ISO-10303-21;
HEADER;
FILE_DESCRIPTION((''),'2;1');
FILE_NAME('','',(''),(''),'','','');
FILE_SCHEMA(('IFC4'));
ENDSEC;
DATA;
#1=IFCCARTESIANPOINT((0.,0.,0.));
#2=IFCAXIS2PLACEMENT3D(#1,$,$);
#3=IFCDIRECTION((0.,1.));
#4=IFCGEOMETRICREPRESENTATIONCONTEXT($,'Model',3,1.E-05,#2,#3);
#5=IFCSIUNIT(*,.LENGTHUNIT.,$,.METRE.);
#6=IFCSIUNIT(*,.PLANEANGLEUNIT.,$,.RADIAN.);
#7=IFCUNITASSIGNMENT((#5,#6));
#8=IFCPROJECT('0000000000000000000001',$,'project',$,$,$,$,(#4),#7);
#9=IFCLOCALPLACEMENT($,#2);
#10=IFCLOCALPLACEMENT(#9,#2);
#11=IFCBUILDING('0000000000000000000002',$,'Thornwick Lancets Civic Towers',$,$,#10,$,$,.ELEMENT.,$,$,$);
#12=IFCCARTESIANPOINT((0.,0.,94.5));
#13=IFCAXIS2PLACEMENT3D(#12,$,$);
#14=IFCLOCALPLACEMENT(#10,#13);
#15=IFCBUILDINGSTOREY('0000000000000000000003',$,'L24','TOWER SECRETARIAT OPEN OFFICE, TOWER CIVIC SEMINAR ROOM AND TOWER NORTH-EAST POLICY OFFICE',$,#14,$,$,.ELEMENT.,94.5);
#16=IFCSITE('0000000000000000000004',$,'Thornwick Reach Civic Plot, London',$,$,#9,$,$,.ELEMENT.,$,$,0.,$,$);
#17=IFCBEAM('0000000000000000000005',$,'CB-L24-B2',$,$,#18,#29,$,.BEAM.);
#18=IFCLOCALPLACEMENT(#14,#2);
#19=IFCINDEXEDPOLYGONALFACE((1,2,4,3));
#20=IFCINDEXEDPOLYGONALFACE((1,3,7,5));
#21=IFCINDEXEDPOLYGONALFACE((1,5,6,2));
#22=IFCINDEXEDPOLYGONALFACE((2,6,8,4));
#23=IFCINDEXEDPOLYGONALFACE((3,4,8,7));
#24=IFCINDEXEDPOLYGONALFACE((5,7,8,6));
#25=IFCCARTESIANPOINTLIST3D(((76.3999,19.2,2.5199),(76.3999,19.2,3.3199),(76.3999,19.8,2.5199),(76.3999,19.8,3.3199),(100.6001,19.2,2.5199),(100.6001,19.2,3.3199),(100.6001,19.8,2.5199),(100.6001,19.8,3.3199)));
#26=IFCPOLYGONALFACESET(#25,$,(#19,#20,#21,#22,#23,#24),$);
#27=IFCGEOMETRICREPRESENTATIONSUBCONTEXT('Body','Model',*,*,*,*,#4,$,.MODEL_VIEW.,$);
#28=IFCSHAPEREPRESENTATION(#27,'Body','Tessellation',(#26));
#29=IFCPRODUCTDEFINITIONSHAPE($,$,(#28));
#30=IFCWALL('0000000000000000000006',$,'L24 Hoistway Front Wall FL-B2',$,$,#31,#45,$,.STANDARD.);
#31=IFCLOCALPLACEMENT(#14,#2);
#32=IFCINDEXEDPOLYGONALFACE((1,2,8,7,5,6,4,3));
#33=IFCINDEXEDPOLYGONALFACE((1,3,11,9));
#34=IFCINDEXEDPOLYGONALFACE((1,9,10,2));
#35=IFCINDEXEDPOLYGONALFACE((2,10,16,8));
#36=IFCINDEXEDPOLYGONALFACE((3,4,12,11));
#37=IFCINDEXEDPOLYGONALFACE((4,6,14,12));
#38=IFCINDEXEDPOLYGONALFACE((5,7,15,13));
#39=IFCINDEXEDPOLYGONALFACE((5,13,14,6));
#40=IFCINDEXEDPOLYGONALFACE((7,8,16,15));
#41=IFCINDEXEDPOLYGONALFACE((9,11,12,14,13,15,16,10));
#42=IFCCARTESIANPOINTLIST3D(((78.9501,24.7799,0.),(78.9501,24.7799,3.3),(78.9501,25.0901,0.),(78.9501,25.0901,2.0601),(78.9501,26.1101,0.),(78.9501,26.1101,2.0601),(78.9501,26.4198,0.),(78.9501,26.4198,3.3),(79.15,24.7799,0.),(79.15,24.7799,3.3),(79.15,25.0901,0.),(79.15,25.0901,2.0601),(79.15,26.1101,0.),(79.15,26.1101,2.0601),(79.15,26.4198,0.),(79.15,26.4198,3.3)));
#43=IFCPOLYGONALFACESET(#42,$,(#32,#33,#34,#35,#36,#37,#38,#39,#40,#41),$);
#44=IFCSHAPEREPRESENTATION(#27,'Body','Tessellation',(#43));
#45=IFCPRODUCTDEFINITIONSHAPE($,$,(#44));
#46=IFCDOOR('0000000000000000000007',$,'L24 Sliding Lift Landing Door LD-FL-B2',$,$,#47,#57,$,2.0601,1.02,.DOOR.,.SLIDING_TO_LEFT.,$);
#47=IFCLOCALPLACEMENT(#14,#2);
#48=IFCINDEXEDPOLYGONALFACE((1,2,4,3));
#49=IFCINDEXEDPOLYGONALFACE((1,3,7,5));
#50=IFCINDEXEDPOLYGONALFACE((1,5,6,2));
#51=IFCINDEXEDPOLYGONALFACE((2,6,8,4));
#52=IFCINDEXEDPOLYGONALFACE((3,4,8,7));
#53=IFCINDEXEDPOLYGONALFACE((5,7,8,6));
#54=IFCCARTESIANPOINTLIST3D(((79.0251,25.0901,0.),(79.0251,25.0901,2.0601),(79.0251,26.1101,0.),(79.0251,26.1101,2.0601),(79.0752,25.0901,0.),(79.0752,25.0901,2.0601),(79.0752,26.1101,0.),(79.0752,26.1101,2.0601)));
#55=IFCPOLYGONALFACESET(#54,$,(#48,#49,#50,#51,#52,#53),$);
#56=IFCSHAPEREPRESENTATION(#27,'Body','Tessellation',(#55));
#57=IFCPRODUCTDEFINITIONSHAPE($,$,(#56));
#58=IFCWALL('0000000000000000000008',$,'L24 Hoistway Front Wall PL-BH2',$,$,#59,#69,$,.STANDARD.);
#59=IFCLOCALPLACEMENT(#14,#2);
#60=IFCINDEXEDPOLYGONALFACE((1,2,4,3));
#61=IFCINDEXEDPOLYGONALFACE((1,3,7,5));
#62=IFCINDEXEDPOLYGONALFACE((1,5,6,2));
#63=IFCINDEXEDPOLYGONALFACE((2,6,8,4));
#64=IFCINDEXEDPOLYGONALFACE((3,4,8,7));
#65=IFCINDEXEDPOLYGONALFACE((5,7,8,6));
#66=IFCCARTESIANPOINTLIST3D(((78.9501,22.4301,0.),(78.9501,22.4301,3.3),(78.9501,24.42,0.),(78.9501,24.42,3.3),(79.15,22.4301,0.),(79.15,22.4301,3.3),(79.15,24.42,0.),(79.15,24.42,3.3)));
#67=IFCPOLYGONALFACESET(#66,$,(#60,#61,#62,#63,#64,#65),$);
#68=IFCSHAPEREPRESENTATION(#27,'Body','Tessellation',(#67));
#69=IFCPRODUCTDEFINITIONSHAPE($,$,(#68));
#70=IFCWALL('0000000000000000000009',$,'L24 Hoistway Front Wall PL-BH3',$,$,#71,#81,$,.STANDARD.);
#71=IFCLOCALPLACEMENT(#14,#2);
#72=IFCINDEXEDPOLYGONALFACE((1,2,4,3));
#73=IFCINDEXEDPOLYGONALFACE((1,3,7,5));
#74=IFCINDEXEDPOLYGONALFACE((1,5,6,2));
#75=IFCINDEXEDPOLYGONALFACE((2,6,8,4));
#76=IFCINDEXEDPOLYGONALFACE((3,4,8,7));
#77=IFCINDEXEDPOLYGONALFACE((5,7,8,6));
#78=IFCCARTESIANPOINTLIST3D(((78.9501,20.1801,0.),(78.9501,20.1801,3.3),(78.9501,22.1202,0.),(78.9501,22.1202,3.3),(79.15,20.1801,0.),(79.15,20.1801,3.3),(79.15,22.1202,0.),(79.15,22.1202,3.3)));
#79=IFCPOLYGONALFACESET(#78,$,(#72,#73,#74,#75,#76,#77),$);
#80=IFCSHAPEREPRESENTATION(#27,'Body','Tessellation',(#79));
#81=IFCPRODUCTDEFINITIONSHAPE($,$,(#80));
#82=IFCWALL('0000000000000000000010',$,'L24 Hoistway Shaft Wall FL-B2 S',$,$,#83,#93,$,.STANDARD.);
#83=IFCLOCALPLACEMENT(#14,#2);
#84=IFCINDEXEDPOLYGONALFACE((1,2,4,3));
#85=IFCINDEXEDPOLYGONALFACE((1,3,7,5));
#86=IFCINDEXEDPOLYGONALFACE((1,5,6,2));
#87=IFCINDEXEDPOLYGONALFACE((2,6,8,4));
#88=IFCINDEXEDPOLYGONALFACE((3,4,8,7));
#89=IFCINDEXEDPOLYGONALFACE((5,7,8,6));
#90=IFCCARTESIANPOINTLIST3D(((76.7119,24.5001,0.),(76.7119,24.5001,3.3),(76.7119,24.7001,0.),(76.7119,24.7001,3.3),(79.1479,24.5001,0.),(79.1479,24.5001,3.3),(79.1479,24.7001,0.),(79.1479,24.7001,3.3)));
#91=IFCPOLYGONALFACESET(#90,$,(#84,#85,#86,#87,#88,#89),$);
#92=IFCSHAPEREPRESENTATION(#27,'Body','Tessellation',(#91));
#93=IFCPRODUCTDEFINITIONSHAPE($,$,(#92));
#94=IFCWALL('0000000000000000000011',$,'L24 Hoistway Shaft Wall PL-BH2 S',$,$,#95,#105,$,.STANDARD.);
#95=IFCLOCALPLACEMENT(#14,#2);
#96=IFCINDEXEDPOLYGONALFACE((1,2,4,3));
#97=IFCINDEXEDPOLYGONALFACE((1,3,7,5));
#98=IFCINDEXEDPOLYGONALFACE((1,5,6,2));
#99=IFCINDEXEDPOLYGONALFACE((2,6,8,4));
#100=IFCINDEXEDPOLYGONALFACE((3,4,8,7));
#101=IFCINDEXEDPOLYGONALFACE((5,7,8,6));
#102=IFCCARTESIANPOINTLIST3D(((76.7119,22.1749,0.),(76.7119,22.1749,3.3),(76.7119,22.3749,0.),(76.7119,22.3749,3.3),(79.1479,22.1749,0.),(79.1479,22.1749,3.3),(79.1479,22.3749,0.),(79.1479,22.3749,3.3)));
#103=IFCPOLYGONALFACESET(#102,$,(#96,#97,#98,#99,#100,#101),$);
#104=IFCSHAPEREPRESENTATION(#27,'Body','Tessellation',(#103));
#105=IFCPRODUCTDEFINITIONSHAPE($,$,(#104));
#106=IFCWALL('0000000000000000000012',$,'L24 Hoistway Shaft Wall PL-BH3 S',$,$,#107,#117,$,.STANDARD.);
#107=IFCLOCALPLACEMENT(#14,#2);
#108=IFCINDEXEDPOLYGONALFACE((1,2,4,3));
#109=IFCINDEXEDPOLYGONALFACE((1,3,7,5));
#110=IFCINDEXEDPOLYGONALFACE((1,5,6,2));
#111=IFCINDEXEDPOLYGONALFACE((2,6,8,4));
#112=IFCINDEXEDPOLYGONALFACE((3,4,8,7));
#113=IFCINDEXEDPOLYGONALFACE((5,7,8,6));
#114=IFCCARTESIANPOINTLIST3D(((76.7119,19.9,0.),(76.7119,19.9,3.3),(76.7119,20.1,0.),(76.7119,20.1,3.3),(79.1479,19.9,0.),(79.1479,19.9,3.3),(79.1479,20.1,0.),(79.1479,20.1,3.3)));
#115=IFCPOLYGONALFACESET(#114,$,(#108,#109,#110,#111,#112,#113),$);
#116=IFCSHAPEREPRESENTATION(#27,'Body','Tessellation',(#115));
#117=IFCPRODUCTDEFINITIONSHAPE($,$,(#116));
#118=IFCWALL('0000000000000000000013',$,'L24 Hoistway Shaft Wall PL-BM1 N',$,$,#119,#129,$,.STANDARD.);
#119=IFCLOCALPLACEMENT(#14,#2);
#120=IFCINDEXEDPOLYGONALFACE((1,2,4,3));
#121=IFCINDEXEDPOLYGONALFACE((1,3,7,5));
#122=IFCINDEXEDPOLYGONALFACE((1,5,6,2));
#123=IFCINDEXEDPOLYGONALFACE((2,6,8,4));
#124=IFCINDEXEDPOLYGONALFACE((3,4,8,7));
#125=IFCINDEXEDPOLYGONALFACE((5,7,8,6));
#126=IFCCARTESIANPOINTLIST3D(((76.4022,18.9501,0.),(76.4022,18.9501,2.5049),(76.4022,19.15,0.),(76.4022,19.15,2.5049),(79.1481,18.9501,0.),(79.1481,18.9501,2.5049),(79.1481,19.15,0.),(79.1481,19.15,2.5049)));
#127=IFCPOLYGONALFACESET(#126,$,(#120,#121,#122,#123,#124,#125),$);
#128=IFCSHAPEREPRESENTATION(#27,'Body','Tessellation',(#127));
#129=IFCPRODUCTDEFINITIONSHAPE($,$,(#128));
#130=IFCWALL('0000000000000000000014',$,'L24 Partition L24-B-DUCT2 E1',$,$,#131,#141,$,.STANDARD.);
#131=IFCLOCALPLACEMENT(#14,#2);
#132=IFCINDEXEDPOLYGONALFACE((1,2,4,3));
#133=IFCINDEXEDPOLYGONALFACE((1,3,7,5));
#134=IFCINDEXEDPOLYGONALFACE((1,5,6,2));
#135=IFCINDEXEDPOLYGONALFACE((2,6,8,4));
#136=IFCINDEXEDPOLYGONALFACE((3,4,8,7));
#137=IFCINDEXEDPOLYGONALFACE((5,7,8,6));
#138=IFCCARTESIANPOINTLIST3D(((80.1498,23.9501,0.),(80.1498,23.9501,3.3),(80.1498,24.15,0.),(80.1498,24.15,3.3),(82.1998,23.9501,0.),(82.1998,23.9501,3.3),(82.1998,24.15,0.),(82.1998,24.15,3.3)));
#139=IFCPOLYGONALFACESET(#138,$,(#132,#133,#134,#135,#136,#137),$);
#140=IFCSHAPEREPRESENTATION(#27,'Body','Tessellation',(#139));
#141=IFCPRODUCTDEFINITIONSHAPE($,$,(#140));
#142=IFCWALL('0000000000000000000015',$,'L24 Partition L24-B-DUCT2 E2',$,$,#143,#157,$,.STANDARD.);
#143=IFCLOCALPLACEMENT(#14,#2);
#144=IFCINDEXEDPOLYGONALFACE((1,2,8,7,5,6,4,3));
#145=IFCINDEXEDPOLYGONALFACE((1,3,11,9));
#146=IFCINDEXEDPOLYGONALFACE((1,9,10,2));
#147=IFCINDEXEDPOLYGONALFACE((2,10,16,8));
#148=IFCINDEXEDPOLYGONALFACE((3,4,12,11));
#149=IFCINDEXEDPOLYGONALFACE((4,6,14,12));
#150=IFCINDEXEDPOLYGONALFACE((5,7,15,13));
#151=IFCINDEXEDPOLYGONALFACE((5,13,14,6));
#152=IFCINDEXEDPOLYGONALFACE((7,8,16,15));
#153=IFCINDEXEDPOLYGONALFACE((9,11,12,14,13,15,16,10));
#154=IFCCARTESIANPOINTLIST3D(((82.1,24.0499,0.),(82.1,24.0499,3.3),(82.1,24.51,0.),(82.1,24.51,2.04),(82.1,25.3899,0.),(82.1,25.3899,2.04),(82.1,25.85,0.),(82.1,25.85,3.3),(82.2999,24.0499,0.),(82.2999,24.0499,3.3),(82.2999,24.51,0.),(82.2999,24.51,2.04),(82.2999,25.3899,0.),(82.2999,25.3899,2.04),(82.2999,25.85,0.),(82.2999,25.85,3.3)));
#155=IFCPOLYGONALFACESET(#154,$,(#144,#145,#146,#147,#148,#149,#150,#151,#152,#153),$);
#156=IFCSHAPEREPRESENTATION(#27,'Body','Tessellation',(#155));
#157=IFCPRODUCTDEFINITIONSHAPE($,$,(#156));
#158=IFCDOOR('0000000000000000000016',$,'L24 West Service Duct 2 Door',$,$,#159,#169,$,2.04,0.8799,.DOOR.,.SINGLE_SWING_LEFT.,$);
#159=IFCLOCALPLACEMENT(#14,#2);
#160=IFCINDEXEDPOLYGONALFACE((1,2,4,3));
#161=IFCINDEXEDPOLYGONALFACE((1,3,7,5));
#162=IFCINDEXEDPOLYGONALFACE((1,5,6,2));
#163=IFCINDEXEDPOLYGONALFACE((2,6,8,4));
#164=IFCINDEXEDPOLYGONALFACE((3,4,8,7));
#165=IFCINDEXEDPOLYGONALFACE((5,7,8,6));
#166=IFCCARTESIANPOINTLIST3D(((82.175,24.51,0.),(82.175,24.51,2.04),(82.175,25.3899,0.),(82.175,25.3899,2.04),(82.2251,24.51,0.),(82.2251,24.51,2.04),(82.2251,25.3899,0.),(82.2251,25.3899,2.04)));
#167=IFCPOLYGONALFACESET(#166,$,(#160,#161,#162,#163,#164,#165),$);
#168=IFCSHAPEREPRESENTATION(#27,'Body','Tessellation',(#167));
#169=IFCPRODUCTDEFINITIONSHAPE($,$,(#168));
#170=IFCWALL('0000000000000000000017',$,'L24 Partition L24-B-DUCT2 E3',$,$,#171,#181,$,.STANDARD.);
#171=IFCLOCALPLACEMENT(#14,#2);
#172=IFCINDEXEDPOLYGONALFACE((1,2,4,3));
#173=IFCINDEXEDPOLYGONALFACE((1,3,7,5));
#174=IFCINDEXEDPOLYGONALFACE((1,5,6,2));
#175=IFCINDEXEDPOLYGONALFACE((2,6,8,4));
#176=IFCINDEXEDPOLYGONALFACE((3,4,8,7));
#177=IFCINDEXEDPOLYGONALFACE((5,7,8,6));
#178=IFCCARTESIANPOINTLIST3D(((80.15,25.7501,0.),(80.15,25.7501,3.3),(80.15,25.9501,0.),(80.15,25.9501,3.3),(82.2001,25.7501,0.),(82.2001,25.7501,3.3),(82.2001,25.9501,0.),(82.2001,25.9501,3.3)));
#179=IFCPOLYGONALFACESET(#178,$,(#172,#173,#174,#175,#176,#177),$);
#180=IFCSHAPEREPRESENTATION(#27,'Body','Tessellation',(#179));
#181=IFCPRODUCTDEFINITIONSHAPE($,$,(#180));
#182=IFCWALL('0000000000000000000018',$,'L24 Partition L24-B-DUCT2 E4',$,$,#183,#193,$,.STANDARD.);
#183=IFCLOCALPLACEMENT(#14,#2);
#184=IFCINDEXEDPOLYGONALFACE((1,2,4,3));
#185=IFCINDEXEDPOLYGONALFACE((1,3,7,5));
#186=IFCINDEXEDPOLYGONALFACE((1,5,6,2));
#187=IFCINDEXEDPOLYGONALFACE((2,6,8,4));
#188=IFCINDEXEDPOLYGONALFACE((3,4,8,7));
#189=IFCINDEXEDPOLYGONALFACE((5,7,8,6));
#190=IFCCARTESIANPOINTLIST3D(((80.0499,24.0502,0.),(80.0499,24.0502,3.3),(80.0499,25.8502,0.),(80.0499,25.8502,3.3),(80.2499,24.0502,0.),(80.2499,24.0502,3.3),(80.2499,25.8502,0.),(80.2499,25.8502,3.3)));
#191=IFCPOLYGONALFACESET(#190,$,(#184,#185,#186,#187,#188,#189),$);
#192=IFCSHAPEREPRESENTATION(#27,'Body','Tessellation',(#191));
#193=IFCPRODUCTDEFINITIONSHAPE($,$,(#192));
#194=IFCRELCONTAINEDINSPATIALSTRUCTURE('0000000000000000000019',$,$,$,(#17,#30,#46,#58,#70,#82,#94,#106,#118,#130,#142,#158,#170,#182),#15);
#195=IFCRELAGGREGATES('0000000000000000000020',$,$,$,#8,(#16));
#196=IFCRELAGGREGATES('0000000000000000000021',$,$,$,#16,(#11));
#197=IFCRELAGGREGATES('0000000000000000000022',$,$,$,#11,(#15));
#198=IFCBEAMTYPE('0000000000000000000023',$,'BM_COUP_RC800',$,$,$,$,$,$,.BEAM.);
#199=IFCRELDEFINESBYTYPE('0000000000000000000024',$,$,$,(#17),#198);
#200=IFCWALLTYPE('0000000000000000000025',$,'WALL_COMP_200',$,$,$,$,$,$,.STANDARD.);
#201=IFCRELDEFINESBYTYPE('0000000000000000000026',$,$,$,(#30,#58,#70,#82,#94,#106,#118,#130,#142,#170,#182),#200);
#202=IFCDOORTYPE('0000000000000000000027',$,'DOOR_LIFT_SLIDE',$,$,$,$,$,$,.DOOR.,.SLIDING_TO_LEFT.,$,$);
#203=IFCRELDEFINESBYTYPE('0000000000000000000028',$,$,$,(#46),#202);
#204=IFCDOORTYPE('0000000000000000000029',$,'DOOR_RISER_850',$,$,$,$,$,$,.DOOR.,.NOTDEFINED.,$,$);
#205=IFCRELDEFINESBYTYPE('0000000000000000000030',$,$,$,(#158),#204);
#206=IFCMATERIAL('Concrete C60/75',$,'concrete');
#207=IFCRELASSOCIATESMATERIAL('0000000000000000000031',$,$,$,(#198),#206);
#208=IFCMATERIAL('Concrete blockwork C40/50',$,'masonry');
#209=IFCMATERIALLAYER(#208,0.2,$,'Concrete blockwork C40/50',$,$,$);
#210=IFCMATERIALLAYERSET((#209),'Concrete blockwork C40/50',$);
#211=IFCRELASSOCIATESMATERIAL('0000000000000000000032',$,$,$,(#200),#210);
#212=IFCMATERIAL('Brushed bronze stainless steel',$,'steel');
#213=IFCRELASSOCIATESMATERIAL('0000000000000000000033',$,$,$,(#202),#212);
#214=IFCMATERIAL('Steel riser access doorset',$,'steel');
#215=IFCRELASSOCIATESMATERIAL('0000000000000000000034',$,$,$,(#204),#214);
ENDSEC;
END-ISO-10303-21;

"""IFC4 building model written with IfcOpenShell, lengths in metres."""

from ifc_helpers import new_model, si_unit, direction, frame, frame_2d, origin, origin_2d, place, context, subcontext, project, spatial, rectangle, extrude, material, layer, layer_set, material_profile, profile_set, type_object, element, fill, save


model = new_model("IFC4")

# Units and contexts
model_context = context("Model", 3, precision=1e-05, world=origin(), true_north=direction((0.0, 1.0)))
body_context = subcontext(model_context, "Body", "Model", "MODEL_VIEW")
ifc_project = project(units=[si_unit("LENGTHUNIT", "METRE"), si_unit("PLANEANGLEUNIT", "RADIAN")], contexts=[model_context])

# Site, building, storey
site_placement = place(None, origin())
site = spatial("IfcSite", under=ifc_project, at=site_placement, Name="Thornwick Reach Civic Plot, London", CompositionType="ELEMENT", RefElevation=0.0)
building_placement = place(site_placement, origin())
building = spatial("IfcBuilding", under=site, at=building_placement, Name="Thornwick Lancets Civic Towers", CompositionType="ELEMENT")
storey_placement = place(building_placement, frame((0.0, 0.0, 94.5)))
storey = spatial("IfcBuildingStorey", under=building, at=storey_placement, Name="L24", Description="TOWER SECRETARIAT OPEN OFFICE, TOWER CIVIC SEMINAR ROOM AND TOWER NORTH-EAST POLICY OFFICE", CompositionType="ELEMENT", Elevation=94.5)

# Beam
ifc_material_1 = material(Name="Concrete C60/75", Category="concrete")
ifc_material_profile = material_profile(ifc_material_1, rectangle(XDim=0.6001, YDim=0.8, at=origin_2d()), Name="RC 600x800")
ifc_profile_set = profile_set([ifc_material_profile], Name="Concrete C60/75")
beam_type = type_object("IfcBeamType", Name="BM_COUP_RC800", PredefinedType="BEAM", material=ifc_profile_set)
beam_placement = place(storey_placement, frame((76.3999, 19.5, 2.9199), z_axis=(1.0, 0.0, 0.0), x_axis=(0.0, 1.0, 0.0)))
element("IfcBeam", 1, at=beam_placement, inside=storey, type_object=beam_type, Name="CB-L24-B2", PredefinedType="BEAM", context=body_context, shape_type="SweptSolid", body=[
    extrude(rectangle(XDim=0.6001, YDim=0.8, at=origin_2d()), origin(), (0.0, 0.0, 1.0), 24.2002),
])

# Wall, opening, door
ifc_material_2 = material(Name="Concrete blockwork C40/50", Category="masonry")
ifc_layer_1 = layer(ifc_material_2, 0.2, Name="Concrete blockwork C40/50")
ifc_layer_set_1 = layer_set([ifc_layer_1], Name="Concrete blockwork C40/50")
wall_type_1 = type_object("IfcWallType", Name="WALL_COMP_200", PredefinedType="STANDARD", material=ifc_layer_set_1)
wall_1_placement = place(storey_placement, frame((79.05, 24.78, 0.0), z_axis=(0.0, 0.0, 1.0), x_axis=(0.0, 1.0, 0.0)))
wall_1 = element("IfcWall", 2, at=wall_1_placement, inside=storey, type_object=wall_type_1, Name="L24 Hoistway Front Wall FL-B2", PredefinedType="STANDARD", context=body_context, shape_type="SweptSolid", body=[
    extrude(rectangle(XDim=1.6399, YDim=0.2, at=frame_2d((0.8198, 0.0))), origin(), (0.0, 0.0, 1.0), 3.3),
])
opening_1_placement = place(wall_1_placement, frame((0.3101, 0.0, 0.0)))
opening_1 = element("IfcOpeningElement", 3, at=opening_1_placement, cuts=wall_1, PredefinedType="OPENING", context=body_context, shape_type="SweptSolid", body=[
    extrude(rectangle(XDim=1.02, YDim=2.0601, at=frame_2d((0.51, 1.03))), frame((0.0, 0.1099, 0.0), z_axis=(0.0, -1.0, 0.0), x_axis=(1.0, 0.0, 0.0)), (0.0, 0.0, 1.0), 0.22),
])
ifc_material_3 = material(Name="Brushed bronze stainless steel", Category="steel")
door_type_1 = type_object("IfcDoorType", Name="DOOR_LIFT_SLIDE", OperationType="SLIDING_TO_LEFT", PredefinedType="DOOR", material=ifc_material_3)
door_1_placement = place(opening_1_placement, origin())
door_1 = element("IfcDoor", 4, at=door_1_placement, inside=storey, type_object=door_type_1, Name="L24 Sliding Lift Landing Door LD-FL-B2", OperationType="SLIDING_TO_LEFT", OverallHeight=2.0601, OverallWidth=1.02, PredefinedType="DOOR", context=body_context, shape_type="SweptSolid", body=[
    extrude(rectangle(XDim=1.02, YDim=2.0601, at=frame_2d((0.51, 1.03))), frame((0.0, 0.0249, 0.0), z_axis=(0.0, -1.0, 0.0), x_axis=(1.0, 0.0, 0.0)), (0.0, 0.0, 1.0), 0.05),
])
fill(opening_1, door_1)

# Walls
wall_2_placement = place(storey_placement, frame((79.05, 22.4299, 0.0), z_axis=(0.0, 0.0, 1.0), x_axis=(0.0, 1.0, 0.0)))
element("IfcWall", 5, at=wall_2_placement, inside=storey, type_object=wall_type_1, Name="L24 Hoistway Front Wall PL-BH2", PredefinedType="STANDARD", context=body_context, shape_type="SweptSolid", body=[
    extrude(rectangle(XDim=1.99, YDim=0.2, at=frame_2d((0.9951, 0.0))), origin(), (0.0, 0.0, 1.0), 3.3),
])
wall_3_placement = place(storey_placement, frame((79.05, 20.1799, 0.0), z_axis=(0.0, 0.0, 1.0), x_axis=(0.0, 1.0, 0.0)))
element("IfcWall", 6, at=wall_3_placement, inside=storey, type_object=wall_type_1, Name="L24 Hoistway Front Wall PL-BH3", PredefinedType="STANDARD", context=body_context, shape_type="SweptSolid", body=[
    extrude(rectangle(XDim=1.9402, YDim=0.2, at=frame_2d((0.9702, 0.0))), origin(), (0.0, 0.0, 1.0), 3.3),
])
for number, where, z_axis, x_axis, name in (
    (7, (76.7119, 24.6001, 0.0), (0.0, 0.0, 1.0), (1.0, 0.0, 0.0), "L24 Hoistway Shaft Wall FL-B2 S"),
    (8, (76.7119, 22.2749, 0.0), (0.0, 0.0, 1.0), (1.0, 0.0, 0.0), "L24 Hoistway Shaft Wall PL-BH2 S"),
    (9, (76.7119, 20.0, 0.0), (0.0, 0.0, 1.0), (1.0, 0.0, 0.0), "L24 Hoistway Shaft Wall PL-BH3 S"),
):
    element("IfcWall", number, at=place(storey_placement, frame(where, z_axis=z_axis, x_axis=x_axis)), inside=storey, type_object=wall_type_1, Name=name, PredefinedType="STANDARD", context=body_context, shape_type="SweptSolid", body=[
        extrude(rectangle(XDim=2.436, YDim=0.2, at=frame_2d((1.218, 0.0))), origin(), (0.0, 0.0, 1.0), 3.3),
    ])
wall_4_placement = place(storey_placement, frame((76.4021, 19.05, 0.0), z_axis=(0.0, 0.0, 1.0), x_axis=(1.0, 0.0, 0.0)))
element("IfcWall", 10, at=wall_4_placement, inside=storey, type_object=wall_type_1, Name="L24 Hoistway Shaft Wall PL-BM1 N", PredefinedType="STANDARD", context=body_context, shape_type="SweptSolid", body=[
    extrude(rectangle(XDim=2.7458, YDim=0.2, at=frame_2d((1.373, 0.0))), origin(), (0.0, 0.0, 1.0), 2.5049),
])
wall_5_placement = place(storey_placement, frame((80.1499, 24.05, 0.0), z_axis=(0.0, 0.0, 1.0), x_axis=(1.0, 0.0, 0.0)))
element("IfcWall", 11, at=wall_5_placement, inside=storey, type_object=wall_type_1, Name="L24 Partition L24-B-DUCT2 E1", PredefinedType="STANDARD", context=body_context, shape_type="SweptSolid", body=[
    extrude(rectangle(XDim=2.05, YDim=0.2, at=frame_2d((1.0249, 0.0))), origin(), (0.0, 0.0, 1.0), 3.3),
])

# Wall, opening, door
wall_6_placement = place(storey_placement, frame((82.2, 24.05, 0.0), z_axis=(0.0, 0.0, 1.0), x_axis=(0.0, 1.0, 0.0)))
wall_6 = element("IfcWall", 12, at=wall_6_placement, inside=storey, type_object=wall_type_1, Name="L24 Partition L24-B-DUCT2 E2", PredefinedType="STANDARD", context=body_context, shape_type="SweptSolid", body=[
    extrude(rectangle(XDim=1.8, YDim=0.2, at=frame_2d((0.8999, 0.0))), origin(), (0.0, 0.0, 1.0), 3.3),
])
opening_2_placement = place(wall_6_placement, frame((0.46, 0.0, 0.0)))
opening_2 = element("IfcOpeningElement", 13, at=opening_2_placement, cuts=wall_6, PredefinedType="OPENING", context=body_context, shape_type="SweptSolid", body=[
    extrude(rectangle(XDim=0.8799, YDim=2.04, at=frame_2d((0.4399, 1.02))), frame((0.0, 0.1099, 0.0), z_axis=(0.0, -1.0, 0.0), x_axis=(1.0, 0.0, 0.0)), (0.0, 0.0, 1.0), 0.22),
])
ifc_material_4 = material(Name="Steel riser access doorset", Category="steel")
door_type_2 = type_object("IfcDoorType", Name="DOOR_RISER_850", OperationType="NOTDEFINED", PredefinedType="DOOR", material=ifc_material_4)
door_2_placement = place(opening_2_placement, origin())
door_2 = element("IfcDoor", 14, at=door_2_placement, inside=storey, type_object=door_type_2, Name="L24 West Service Duct 2 Door", OperationType="SINGLE_SWING_LEFT", OverallHeight=2.04, OverallWidth=0.8799, PredefinedType="DOOR", context=body_context, shape_type="SweptSolid", body=[
    extrude(rectangle(XDim=0.8799, YDim=2.04, at=frame_2d((0.4399, 1.02))), frame((0.0, 0.0249, 0.0), z_axis=(0.0, -1.0, 0.0), x_axis=(1.0, 0.0, 0.0)), (0.0, 0.0, 1.0), 0.05),
])
fill(opening_2, door_2)

# Walls
wall_7_placement = place(storey_placement, frame((82.2, 25.8501, 0.0), z_axis=(0.0, 0.0, 1.0), x_axis=(-1.0, 0.0, 0.0)))
element("IfcWall", 15, at=wall_7_placement, inside=storey, type_object=wall_type_1, Name="L24 Partition L24-B-DUCT2 E3", PredefinedType="STANDARD", context=body_context, shape_type="SweptSolid", body=[
    extrude(rectangle(XDim=2.05, YDim=0.2, at=frame_2d((1.0249, 0.0))), origin(), (0.0, 0.0, 1.0), 3.3),
])
wall_8_placement = place(storey_placement, frame((80.1499, 25.8501, 0.0), z_axis=(0.0, 0.0, 1.0), x_axis=(0.0, -1.0, 0.0)))
element("IfcWall", 16, at=wall_8_placement, inside=storey, type_object=wall_type_1, Name="L24 Partition L24-B-DUCT2 E4", PredefinedType="STANDARD", context=body_context, shape_type="SweptSolid", body=[
    extrude(rectangle(XDim=1.8, YDim=0.2, at=frame_2d((0.8999, 0.0))), origin(), (0.0, 0.0, 1.0), 3.3),
])

save(model, "model.ifc")
